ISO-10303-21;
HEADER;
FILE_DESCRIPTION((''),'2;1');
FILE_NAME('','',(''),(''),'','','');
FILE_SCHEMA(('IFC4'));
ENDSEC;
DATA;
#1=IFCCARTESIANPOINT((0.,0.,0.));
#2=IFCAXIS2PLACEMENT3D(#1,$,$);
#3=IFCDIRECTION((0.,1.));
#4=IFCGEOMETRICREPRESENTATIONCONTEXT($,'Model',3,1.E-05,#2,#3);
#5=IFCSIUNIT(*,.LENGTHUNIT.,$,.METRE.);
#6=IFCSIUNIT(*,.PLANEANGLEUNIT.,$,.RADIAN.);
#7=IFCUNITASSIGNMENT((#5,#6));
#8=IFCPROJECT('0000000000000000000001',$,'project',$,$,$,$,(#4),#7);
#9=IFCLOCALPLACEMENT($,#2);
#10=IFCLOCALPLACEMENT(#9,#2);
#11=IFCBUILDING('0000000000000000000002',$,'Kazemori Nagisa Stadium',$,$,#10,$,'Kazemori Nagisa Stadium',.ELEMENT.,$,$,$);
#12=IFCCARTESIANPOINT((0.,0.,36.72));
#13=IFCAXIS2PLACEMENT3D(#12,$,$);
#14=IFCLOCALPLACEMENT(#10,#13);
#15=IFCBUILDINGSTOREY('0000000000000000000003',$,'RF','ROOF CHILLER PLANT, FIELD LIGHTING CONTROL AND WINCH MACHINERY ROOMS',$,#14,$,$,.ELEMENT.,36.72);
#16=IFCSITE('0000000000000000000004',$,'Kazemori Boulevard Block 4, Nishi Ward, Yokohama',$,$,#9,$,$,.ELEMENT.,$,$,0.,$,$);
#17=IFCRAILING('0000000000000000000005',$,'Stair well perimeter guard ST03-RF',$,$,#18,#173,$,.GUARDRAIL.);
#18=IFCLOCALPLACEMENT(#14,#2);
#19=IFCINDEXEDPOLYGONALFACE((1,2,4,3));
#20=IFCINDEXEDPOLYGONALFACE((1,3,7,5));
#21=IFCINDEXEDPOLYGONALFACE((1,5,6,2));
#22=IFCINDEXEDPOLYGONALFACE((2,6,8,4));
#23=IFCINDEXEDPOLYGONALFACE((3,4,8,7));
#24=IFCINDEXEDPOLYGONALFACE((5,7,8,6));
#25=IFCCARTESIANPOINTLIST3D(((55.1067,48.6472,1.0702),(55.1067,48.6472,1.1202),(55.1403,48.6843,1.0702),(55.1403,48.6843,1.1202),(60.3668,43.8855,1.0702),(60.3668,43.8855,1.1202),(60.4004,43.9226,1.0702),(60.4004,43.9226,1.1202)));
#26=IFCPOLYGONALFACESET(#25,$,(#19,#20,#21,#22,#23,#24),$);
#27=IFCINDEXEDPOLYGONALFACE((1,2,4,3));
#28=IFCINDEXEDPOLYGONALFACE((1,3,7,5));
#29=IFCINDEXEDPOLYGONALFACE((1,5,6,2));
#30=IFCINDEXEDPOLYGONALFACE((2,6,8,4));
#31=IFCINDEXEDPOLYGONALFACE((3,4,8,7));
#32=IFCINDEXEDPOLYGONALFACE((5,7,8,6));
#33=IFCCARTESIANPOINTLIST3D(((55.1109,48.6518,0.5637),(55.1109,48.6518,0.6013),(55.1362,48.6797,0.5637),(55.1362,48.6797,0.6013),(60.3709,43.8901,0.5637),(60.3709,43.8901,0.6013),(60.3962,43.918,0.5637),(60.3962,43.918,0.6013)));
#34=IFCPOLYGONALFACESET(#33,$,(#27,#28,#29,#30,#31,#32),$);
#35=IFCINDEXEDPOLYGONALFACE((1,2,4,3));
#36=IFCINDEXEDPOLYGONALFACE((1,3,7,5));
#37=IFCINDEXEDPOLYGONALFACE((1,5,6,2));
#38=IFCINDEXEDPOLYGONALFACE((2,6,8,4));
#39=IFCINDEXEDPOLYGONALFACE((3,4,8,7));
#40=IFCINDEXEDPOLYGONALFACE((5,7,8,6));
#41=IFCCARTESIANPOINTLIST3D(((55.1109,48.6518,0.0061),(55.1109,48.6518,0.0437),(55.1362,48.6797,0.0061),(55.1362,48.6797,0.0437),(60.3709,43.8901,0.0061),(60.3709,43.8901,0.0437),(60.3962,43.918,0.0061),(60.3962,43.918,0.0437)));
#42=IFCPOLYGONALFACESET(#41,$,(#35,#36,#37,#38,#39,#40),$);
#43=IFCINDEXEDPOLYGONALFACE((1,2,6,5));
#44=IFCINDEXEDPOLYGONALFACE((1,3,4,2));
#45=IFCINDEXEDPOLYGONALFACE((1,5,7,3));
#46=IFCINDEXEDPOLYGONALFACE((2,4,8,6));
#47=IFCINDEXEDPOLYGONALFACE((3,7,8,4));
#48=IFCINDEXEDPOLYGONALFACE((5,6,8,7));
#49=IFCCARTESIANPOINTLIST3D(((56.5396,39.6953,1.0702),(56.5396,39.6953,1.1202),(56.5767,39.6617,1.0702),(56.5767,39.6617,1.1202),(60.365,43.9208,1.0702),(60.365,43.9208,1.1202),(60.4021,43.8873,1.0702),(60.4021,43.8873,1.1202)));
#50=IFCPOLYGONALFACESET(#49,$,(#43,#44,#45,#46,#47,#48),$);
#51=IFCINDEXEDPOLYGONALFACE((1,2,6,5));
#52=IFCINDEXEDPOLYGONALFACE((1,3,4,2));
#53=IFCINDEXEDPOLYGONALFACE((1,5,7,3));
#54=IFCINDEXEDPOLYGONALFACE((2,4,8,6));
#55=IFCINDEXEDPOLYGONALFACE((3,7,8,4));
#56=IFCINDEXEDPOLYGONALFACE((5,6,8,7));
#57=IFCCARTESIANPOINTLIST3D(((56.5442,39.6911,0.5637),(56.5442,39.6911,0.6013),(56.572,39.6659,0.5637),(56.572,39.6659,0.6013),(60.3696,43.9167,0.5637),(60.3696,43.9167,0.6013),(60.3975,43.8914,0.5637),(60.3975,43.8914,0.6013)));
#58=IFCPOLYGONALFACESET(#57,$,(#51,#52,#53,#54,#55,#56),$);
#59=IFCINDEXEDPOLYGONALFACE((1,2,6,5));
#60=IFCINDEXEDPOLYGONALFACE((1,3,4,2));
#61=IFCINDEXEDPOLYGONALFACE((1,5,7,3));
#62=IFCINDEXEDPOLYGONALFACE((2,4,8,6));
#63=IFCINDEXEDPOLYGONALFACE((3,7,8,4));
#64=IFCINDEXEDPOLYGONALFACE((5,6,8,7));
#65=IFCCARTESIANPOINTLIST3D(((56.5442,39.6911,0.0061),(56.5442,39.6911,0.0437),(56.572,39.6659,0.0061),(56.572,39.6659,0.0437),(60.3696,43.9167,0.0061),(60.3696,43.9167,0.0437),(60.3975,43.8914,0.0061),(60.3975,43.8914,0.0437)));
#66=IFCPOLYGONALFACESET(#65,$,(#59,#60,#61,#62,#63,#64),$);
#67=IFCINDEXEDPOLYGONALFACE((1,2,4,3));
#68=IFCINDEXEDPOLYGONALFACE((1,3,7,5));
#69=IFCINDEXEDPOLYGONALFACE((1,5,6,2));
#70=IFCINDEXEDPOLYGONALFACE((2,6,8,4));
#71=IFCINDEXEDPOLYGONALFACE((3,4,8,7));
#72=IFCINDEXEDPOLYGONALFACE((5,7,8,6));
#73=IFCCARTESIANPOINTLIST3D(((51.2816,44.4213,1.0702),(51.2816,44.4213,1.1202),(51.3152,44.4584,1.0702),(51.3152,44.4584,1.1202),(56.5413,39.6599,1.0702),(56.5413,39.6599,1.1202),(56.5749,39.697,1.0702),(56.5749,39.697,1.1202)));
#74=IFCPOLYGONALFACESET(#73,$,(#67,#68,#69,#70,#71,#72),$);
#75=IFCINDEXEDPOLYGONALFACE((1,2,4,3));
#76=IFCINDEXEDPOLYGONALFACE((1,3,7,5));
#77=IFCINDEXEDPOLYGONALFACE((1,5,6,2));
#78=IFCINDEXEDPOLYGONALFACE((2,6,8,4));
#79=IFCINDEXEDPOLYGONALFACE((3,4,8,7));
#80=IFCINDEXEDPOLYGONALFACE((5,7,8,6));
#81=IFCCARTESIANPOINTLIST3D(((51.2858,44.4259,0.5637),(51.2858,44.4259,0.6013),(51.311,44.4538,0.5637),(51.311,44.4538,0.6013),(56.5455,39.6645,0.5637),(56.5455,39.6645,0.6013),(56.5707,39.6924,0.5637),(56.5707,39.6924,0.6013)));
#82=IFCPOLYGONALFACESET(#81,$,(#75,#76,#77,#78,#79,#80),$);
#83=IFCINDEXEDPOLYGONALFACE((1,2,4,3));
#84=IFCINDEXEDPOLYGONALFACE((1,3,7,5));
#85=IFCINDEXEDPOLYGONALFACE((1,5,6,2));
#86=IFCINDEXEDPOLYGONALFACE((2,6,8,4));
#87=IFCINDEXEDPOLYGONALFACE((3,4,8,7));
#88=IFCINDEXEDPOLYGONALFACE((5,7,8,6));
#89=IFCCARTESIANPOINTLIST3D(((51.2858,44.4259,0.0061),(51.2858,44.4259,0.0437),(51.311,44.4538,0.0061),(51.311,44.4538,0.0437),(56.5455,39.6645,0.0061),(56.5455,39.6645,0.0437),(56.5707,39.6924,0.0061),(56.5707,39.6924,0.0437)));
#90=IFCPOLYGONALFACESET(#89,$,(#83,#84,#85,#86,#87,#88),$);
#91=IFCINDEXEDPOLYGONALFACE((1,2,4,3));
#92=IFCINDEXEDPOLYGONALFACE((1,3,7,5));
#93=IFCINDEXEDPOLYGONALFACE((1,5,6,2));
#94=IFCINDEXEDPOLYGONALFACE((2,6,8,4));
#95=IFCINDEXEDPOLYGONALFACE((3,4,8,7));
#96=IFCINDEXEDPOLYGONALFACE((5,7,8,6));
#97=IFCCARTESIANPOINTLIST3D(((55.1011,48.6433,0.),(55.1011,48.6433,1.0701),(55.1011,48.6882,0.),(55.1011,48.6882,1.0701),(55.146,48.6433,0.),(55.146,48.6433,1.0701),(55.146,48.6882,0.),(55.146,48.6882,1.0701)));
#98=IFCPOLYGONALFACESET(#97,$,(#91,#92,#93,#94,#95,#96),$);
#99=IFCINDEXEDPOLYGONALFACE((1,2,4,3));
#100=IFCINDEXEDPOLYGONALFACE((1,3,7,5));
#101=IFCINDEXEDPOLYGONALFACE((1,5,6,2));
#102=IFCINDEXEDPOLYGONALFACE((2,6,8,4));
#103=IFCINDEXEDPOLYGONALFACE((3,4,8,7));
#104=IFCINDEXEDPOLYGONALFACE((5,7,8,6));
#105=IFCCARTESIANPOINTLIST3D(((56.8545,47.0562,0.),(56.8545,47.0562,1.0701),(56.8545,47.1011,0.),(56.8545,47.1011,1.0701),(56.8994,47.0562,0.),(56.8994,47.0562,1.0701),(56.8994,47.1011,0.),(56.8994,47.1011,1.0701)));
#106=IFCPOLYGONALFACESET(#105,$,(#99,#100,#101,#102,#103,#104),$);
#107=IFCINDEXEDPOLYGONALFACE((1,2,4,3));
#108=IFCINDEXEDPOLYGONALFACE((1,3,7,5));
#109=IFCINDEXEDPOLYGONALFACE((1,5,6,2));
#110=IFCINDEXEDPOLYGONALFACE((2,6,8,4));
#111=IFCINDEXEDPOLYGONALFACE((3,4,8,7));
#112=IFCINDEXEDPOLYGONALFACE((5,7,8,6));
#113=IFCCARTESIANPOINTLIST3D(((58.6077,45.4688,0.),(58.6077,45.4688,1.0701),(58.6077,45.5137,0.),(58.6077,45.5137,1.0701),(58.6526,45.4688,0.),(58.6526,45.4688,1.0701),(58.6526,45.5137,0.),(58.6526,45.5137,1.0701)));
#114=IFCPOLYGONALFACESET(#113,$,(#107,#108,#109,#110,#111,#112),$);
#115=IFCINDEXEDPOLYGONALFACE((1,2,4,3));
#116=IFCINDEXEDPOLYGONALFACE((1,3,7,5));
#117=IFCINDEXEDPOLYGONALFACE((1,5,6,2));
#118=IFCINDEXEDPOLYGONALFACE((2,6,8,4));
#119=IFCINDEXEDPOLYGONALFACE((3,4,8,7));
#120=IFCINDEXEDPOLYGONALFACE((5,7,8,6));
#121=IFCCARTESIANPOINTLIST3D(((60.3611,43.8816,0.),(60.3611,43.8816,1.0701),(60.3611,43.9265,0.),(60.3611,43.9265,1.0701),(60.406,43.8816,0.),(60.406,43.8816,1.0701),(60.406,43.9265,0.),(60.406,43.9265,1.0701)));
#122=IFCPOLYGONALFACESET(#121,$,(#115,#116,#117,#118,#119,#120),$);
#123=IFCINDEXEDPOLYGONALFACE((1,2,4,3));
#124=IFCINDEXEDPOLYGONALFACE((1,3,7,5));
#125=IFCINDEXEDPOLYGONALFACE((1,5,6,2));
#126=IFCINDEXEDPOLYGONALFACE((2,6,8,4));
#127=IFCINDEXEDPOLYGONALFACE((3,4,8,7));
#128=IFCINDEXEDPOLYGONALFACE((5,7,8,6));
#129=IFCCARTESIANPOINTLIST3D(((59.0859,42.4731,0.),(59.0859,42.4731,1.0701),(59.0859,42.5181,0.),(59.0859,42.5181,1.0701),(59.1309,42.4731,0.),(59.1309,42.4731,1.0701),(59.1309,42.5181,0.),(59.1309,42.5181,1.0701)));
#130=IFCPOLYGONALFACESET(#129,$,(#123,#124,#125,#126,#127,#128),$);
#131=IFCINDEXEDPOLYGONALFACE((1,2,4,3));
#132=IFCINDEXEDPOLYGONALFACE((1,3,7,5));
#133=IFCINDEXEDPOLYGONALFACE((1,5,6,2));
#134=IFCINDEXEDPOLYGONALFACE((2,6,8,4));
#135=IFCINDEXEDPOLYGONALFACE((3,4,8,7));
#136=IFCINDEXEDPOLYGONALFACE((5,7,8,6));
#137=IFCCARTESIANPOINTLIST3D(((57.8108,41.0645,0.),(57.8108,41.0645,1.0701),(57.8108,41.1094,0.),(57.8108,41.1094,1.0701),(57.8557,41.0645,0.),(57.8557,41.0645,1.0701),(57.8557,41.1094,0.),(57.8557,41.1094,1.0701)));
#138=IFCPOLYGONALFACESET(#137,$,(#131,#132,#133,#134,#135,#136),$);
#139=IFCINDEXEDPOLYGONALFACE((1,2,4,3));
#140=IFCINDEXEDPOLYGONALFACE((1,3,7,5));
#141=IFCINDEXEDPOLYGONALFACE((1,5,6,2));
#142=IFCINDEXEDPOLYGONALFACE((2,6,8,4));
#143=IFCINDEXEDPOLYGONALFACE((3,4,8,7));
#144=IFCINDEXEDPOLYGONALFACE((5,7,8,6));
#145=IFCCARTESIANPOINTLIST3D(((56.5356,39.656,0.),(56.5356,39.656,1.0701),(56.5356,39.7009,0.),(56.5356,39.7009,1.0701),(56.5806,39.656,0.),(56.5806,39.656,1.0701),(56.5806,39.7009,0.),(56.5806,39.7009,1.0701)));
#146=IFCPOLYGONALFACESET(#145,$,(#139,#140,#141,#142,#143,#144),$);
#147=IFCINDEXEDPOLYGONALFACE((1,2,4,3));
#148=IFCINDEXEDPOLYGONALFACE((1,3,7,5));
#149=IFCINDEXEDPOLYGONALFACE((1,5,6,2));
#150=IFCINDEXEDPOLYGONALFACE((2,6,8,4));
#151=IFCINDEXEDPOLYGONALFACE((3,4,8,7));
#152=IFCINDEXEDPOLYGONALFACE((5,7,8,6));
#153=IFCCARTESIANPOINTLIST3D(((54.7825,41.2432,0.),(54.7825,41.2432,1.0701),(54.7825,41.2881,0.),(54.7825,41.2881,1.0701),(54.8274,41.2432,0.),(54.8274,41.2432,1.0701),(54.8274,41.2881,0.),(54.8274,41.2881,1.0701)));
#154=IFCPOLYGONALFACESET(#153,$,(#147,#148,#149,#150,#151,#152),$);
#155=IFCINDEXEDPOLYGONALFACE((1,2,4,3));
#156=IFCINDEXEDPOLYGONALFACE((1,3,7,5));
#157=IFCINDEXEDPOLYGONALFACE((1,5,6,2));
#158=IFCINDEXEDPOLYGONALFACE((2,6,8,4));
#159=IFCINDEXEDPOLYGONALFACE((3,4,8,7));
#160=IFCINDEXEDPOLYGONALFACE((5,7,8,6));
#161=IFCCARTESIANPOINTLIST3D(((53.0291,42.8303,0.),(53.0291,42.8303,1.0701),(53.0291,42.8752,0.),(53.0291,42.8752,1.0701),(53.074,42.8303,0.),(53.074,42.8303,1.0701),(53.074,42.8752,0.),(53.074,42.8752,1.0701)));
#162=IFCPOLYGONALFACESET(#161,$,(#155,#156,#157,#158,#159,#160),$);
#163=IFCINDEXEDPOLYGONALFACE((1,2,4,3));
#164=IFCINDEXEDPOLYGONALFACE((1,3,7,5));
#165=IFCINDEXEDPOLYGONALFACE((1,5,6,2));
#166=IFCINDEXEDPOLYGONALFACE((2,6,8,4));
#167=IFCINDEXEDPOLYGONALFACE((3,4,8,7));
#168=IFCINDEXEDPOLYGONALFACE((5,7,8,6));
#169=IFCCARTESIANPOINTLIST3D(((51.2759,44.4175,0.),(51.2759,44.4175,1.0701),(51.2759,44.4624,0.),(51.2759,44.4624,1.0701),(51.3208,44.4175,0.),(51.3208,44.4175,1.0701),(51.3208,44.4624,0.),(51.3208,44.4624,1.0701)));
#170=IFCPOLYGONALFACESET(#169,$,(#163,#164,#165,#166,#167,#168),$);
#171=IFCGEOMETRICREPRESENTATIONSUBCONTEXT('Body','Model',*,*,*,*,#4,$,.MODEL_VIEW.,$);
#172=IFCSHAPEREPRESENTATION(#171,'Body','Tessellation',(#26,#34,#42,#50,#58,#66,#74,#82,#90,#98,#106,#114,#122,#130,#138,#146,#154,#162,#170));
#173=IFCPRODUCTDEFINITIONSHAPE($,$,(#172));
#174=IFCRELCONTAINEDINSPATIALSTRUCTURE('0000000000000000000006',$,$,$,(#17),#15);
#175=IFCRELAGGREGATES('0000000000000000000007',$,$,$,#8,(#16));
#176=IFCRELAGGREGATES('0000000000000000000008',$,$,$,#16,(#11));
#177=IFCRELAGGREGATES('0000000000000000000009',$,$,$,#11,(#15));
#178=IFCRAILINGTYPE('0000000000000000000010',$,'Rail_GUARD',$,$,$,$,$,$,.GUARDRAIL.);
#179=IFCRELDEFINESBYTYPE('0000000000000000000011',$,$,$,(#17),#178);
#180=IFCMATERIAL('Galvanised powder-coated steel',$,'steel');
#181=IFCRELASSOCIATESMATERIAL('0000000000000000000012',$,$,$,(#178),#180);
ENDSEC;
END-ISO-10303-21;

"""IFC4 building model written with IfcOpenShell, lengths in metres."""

from ifc_helpers import new_model, si_unit, direction, frame, origin, origin_2d, place, context, subcontext, project, spatial, rectangle, extrude, material, type_object, element, save


model = new_model("IFC4")

# Units and contexts
model_context = context("Model", 3, precision=1e-05, world=origin(), true_north=direction((0.0, 1.0)))
body_context = subcontext(model_context, "Body", "Model", "MODEL_VIEW")
ifc_project = project(units=[si_unit("LENGTHUNIT", "METRE"), si_unit("PLANEANGLEUNIT", "RADIAN")], contexts=[model_context])

# Site, building, storey
site_placement = place(None, origin())
site = spatial("IfcSite", under=ifc_project, at=site_placement, Name="Kazemori Boulevard Block 4, Nishi Ward, Yokohama", CompositionType="ELEMENT", RefElevation=0.0)
building_placement = place(site_placement, origin())
building = spatial("IfcBuilding", under=site, at=building_placement, Name="Kazemori Nagisa Stadium", LongName="Kazemori Nagisa Stadium", CompositionType="ELEMENT")
storey_placement = place(building_placement, frame((0.0, 0.0, 36.72)))
storey = spatial("IfcBuildingStorey", under=building, at=storey_placement, Name="RF", Description="ROOF CHILLER PLANT, FIELD LIGHTING CONTROL AND WINCH MACHINERY ROOMS", CompositionType="ELEMENT", Elevation=36.72)

# Railing
ifc_material_1 = material(Name="Galvanised powder-coated steel", Category="steel")
railing_type_1 = type_object("IfcRailingType", Name="Rail_GUARD", PredefinedType="GUARDRAIL", material=ifc_material_1)
railing_1_placement = place(storey_placement, frame((55.1235, 48.6658, 0.0)))
element("IfcRailing", 1, at=railing_1_placement, inside=storey, type_object=railing_type_1, Name="Stair well perimeter guard ST03-RF", PredefinedType="GUARDRAIL", context=body_context, shape_type="SweptSolid", body=[
    extrude(rectangle(XDim=0.05, YDim=0.05, at=origin_2d()), frame((0.0, 0.0, 1.0952), z_axis=(0.741349, -0.67112, 0.0), x_axis=(0.67112, 0.741349, 0.0)), (0.0, 0.0, 1.0), 7.0952),
    extrude(rectangle(XDim=0.0376, YDim=0.0376, at=origin_2d()), frame((0.0, 0.0, 0.5825), z_axis=(0.741349, -0.67112, 0.0), x_axis=(0.67112, 0.741349, 0.0)), (0.0, 0.0, 1.0), 7.0952),
    extrude(rectangle(XDim=0.0376, YDim=0.0376, at=origin_2d()), frame((0.0, 0.0, 0.0249), z_axis=(0.741349, -0.67112, 0.0), x_axis=(0.67112, 0.741349, 0.0)), (0.0, 0.0, 1.0), 7.0952),
    extrude(rectangle(XDim=0.05, YDim=0.05, at=origin_2d()), frame((5.26, -4.7617, 1.0952), z_axis=(-0.671134, -0.741336, 0.0), x_axis=(0.741336, -0.671134, 0.0)), (0.0, 0.0, 1.0), 5.7),
    extrude(rectangle(XDim=0.0376, YDim=0.0376, at=origin_2d()), frame((5.26, -4.7617, 0.5825), z_axis=(-0.671134, -0.741336, 0.0), x_axis=(0.741336, -0.671134, 0.0)), (0.0, 0.0, 1.0), 5.7),
    extrude(rectangle(XDim=0.0376, YDim=0.0376, at=origin_2d()), frame((5.26, -4.7617, 0.0249), z_axis=(-0.671134, -0.741336, 0.0), x_axis=(0.741336, -0.671134, 0.0)), (0.0, 0.0, 1.0), 5.7),
    extrude(rectangle(XDim=0.05, YDim=0.05, at=origin_2d()), frame((1.4346, -8.9873, 1.0952), z_axis=(-0.741351, 0.671118, 0.0), x_axis=(-0.671118, -0.741351, 0.0)), (0.0, 0.0, 1.0), 7.0947),
    extrude(rectangle(XDim=0.0376, YDim=0.0376, at=origin_2d()), frame((1.4346, -8.9873, 0.5825), z_axis=(-0.741351, 0.671118, 0.0), x_axis=(-0.671118, -0.741351, 0.0)), (0.0, 0.0, 1.0), 7.0947),
    extrude(rectangle(XDim=0.0376, YDim=0.0376, at=origin_2d()), frame((1.4346, -8.9873, 0.0249), z_axis=(-0.741351, 0.671118, 0.0), x_axis=(-0.671118, -0.741351, 0.0)), (0.0, 0.0, 1.0), 7.0947),
    extrude(rectangle(XDim=0.0449, YDim=0.0449, at=origin_2d()), origin(), (0.0, 0.0, 1.0), 1.0701),
    extrude(rectangle(XDim=0.0449, YDim=0.0449, at=origin_2d()), frame((1.7534, -1.5872, 0.0)), (0.0, 0.0, 1.0), 1.0701),
    extrude(rectangle(XDim=0.0449, YDim=0.0449, at=origin_2d()), frame((3.5066, -3.1746, 0.0)), (0.0, 0.0, 1.0), 1.0701),
    extrude(rectangle(XDim=0.0449, YDim=0.0449, at=origin_2d()), frame((5.26, -4.7617, 0.0)), (0.0, 0.0, 1.0), 1.0701),
    extrude(rectangle(XDim=0.0449, YDim=0.0449, at=origin_2d()), frame((3.9849, -6.1702, 0.0)), (0.0, 0.0, 1.0), 1.0701),
    extrude(rectangle(XDim=0.0449, YDim=0.0449, at=origin_2d()), frame((2.7097, -7.5789, 0.0)), (0.0, 0.0, 1.0), 1.0701),
    extrude(rectangle(XDim=0.0449, YDim=0.0449, at=origin_2d()), frame((1.4346, -8.9873, 0.0)), (0.0, 0.0, 1.0), 1.0701),
    extrude(rectangle(XDim=0.0449, YDim=0.0449, at=origin_2d()), frame((-0.3186, -7.4001, 0.0)), (0.0, 0.0, 1.0), 1.0701),
    extrude(rectangle(XDim=0.0449, YDim=0.0449, at=origin_2d()), frame((-2.072, -5.813, 0.0)), (0.0, 0.0, 1.0), 1.0701),
    extrude(rectangle(XDim=0.0449, YDim=0.0449, at=origin_2d()), frame((-3.8252, -4.2258, 0.0)), (0.0, 0.0, 1.0), 1.0701),
])

save(model, "model.ifc")
